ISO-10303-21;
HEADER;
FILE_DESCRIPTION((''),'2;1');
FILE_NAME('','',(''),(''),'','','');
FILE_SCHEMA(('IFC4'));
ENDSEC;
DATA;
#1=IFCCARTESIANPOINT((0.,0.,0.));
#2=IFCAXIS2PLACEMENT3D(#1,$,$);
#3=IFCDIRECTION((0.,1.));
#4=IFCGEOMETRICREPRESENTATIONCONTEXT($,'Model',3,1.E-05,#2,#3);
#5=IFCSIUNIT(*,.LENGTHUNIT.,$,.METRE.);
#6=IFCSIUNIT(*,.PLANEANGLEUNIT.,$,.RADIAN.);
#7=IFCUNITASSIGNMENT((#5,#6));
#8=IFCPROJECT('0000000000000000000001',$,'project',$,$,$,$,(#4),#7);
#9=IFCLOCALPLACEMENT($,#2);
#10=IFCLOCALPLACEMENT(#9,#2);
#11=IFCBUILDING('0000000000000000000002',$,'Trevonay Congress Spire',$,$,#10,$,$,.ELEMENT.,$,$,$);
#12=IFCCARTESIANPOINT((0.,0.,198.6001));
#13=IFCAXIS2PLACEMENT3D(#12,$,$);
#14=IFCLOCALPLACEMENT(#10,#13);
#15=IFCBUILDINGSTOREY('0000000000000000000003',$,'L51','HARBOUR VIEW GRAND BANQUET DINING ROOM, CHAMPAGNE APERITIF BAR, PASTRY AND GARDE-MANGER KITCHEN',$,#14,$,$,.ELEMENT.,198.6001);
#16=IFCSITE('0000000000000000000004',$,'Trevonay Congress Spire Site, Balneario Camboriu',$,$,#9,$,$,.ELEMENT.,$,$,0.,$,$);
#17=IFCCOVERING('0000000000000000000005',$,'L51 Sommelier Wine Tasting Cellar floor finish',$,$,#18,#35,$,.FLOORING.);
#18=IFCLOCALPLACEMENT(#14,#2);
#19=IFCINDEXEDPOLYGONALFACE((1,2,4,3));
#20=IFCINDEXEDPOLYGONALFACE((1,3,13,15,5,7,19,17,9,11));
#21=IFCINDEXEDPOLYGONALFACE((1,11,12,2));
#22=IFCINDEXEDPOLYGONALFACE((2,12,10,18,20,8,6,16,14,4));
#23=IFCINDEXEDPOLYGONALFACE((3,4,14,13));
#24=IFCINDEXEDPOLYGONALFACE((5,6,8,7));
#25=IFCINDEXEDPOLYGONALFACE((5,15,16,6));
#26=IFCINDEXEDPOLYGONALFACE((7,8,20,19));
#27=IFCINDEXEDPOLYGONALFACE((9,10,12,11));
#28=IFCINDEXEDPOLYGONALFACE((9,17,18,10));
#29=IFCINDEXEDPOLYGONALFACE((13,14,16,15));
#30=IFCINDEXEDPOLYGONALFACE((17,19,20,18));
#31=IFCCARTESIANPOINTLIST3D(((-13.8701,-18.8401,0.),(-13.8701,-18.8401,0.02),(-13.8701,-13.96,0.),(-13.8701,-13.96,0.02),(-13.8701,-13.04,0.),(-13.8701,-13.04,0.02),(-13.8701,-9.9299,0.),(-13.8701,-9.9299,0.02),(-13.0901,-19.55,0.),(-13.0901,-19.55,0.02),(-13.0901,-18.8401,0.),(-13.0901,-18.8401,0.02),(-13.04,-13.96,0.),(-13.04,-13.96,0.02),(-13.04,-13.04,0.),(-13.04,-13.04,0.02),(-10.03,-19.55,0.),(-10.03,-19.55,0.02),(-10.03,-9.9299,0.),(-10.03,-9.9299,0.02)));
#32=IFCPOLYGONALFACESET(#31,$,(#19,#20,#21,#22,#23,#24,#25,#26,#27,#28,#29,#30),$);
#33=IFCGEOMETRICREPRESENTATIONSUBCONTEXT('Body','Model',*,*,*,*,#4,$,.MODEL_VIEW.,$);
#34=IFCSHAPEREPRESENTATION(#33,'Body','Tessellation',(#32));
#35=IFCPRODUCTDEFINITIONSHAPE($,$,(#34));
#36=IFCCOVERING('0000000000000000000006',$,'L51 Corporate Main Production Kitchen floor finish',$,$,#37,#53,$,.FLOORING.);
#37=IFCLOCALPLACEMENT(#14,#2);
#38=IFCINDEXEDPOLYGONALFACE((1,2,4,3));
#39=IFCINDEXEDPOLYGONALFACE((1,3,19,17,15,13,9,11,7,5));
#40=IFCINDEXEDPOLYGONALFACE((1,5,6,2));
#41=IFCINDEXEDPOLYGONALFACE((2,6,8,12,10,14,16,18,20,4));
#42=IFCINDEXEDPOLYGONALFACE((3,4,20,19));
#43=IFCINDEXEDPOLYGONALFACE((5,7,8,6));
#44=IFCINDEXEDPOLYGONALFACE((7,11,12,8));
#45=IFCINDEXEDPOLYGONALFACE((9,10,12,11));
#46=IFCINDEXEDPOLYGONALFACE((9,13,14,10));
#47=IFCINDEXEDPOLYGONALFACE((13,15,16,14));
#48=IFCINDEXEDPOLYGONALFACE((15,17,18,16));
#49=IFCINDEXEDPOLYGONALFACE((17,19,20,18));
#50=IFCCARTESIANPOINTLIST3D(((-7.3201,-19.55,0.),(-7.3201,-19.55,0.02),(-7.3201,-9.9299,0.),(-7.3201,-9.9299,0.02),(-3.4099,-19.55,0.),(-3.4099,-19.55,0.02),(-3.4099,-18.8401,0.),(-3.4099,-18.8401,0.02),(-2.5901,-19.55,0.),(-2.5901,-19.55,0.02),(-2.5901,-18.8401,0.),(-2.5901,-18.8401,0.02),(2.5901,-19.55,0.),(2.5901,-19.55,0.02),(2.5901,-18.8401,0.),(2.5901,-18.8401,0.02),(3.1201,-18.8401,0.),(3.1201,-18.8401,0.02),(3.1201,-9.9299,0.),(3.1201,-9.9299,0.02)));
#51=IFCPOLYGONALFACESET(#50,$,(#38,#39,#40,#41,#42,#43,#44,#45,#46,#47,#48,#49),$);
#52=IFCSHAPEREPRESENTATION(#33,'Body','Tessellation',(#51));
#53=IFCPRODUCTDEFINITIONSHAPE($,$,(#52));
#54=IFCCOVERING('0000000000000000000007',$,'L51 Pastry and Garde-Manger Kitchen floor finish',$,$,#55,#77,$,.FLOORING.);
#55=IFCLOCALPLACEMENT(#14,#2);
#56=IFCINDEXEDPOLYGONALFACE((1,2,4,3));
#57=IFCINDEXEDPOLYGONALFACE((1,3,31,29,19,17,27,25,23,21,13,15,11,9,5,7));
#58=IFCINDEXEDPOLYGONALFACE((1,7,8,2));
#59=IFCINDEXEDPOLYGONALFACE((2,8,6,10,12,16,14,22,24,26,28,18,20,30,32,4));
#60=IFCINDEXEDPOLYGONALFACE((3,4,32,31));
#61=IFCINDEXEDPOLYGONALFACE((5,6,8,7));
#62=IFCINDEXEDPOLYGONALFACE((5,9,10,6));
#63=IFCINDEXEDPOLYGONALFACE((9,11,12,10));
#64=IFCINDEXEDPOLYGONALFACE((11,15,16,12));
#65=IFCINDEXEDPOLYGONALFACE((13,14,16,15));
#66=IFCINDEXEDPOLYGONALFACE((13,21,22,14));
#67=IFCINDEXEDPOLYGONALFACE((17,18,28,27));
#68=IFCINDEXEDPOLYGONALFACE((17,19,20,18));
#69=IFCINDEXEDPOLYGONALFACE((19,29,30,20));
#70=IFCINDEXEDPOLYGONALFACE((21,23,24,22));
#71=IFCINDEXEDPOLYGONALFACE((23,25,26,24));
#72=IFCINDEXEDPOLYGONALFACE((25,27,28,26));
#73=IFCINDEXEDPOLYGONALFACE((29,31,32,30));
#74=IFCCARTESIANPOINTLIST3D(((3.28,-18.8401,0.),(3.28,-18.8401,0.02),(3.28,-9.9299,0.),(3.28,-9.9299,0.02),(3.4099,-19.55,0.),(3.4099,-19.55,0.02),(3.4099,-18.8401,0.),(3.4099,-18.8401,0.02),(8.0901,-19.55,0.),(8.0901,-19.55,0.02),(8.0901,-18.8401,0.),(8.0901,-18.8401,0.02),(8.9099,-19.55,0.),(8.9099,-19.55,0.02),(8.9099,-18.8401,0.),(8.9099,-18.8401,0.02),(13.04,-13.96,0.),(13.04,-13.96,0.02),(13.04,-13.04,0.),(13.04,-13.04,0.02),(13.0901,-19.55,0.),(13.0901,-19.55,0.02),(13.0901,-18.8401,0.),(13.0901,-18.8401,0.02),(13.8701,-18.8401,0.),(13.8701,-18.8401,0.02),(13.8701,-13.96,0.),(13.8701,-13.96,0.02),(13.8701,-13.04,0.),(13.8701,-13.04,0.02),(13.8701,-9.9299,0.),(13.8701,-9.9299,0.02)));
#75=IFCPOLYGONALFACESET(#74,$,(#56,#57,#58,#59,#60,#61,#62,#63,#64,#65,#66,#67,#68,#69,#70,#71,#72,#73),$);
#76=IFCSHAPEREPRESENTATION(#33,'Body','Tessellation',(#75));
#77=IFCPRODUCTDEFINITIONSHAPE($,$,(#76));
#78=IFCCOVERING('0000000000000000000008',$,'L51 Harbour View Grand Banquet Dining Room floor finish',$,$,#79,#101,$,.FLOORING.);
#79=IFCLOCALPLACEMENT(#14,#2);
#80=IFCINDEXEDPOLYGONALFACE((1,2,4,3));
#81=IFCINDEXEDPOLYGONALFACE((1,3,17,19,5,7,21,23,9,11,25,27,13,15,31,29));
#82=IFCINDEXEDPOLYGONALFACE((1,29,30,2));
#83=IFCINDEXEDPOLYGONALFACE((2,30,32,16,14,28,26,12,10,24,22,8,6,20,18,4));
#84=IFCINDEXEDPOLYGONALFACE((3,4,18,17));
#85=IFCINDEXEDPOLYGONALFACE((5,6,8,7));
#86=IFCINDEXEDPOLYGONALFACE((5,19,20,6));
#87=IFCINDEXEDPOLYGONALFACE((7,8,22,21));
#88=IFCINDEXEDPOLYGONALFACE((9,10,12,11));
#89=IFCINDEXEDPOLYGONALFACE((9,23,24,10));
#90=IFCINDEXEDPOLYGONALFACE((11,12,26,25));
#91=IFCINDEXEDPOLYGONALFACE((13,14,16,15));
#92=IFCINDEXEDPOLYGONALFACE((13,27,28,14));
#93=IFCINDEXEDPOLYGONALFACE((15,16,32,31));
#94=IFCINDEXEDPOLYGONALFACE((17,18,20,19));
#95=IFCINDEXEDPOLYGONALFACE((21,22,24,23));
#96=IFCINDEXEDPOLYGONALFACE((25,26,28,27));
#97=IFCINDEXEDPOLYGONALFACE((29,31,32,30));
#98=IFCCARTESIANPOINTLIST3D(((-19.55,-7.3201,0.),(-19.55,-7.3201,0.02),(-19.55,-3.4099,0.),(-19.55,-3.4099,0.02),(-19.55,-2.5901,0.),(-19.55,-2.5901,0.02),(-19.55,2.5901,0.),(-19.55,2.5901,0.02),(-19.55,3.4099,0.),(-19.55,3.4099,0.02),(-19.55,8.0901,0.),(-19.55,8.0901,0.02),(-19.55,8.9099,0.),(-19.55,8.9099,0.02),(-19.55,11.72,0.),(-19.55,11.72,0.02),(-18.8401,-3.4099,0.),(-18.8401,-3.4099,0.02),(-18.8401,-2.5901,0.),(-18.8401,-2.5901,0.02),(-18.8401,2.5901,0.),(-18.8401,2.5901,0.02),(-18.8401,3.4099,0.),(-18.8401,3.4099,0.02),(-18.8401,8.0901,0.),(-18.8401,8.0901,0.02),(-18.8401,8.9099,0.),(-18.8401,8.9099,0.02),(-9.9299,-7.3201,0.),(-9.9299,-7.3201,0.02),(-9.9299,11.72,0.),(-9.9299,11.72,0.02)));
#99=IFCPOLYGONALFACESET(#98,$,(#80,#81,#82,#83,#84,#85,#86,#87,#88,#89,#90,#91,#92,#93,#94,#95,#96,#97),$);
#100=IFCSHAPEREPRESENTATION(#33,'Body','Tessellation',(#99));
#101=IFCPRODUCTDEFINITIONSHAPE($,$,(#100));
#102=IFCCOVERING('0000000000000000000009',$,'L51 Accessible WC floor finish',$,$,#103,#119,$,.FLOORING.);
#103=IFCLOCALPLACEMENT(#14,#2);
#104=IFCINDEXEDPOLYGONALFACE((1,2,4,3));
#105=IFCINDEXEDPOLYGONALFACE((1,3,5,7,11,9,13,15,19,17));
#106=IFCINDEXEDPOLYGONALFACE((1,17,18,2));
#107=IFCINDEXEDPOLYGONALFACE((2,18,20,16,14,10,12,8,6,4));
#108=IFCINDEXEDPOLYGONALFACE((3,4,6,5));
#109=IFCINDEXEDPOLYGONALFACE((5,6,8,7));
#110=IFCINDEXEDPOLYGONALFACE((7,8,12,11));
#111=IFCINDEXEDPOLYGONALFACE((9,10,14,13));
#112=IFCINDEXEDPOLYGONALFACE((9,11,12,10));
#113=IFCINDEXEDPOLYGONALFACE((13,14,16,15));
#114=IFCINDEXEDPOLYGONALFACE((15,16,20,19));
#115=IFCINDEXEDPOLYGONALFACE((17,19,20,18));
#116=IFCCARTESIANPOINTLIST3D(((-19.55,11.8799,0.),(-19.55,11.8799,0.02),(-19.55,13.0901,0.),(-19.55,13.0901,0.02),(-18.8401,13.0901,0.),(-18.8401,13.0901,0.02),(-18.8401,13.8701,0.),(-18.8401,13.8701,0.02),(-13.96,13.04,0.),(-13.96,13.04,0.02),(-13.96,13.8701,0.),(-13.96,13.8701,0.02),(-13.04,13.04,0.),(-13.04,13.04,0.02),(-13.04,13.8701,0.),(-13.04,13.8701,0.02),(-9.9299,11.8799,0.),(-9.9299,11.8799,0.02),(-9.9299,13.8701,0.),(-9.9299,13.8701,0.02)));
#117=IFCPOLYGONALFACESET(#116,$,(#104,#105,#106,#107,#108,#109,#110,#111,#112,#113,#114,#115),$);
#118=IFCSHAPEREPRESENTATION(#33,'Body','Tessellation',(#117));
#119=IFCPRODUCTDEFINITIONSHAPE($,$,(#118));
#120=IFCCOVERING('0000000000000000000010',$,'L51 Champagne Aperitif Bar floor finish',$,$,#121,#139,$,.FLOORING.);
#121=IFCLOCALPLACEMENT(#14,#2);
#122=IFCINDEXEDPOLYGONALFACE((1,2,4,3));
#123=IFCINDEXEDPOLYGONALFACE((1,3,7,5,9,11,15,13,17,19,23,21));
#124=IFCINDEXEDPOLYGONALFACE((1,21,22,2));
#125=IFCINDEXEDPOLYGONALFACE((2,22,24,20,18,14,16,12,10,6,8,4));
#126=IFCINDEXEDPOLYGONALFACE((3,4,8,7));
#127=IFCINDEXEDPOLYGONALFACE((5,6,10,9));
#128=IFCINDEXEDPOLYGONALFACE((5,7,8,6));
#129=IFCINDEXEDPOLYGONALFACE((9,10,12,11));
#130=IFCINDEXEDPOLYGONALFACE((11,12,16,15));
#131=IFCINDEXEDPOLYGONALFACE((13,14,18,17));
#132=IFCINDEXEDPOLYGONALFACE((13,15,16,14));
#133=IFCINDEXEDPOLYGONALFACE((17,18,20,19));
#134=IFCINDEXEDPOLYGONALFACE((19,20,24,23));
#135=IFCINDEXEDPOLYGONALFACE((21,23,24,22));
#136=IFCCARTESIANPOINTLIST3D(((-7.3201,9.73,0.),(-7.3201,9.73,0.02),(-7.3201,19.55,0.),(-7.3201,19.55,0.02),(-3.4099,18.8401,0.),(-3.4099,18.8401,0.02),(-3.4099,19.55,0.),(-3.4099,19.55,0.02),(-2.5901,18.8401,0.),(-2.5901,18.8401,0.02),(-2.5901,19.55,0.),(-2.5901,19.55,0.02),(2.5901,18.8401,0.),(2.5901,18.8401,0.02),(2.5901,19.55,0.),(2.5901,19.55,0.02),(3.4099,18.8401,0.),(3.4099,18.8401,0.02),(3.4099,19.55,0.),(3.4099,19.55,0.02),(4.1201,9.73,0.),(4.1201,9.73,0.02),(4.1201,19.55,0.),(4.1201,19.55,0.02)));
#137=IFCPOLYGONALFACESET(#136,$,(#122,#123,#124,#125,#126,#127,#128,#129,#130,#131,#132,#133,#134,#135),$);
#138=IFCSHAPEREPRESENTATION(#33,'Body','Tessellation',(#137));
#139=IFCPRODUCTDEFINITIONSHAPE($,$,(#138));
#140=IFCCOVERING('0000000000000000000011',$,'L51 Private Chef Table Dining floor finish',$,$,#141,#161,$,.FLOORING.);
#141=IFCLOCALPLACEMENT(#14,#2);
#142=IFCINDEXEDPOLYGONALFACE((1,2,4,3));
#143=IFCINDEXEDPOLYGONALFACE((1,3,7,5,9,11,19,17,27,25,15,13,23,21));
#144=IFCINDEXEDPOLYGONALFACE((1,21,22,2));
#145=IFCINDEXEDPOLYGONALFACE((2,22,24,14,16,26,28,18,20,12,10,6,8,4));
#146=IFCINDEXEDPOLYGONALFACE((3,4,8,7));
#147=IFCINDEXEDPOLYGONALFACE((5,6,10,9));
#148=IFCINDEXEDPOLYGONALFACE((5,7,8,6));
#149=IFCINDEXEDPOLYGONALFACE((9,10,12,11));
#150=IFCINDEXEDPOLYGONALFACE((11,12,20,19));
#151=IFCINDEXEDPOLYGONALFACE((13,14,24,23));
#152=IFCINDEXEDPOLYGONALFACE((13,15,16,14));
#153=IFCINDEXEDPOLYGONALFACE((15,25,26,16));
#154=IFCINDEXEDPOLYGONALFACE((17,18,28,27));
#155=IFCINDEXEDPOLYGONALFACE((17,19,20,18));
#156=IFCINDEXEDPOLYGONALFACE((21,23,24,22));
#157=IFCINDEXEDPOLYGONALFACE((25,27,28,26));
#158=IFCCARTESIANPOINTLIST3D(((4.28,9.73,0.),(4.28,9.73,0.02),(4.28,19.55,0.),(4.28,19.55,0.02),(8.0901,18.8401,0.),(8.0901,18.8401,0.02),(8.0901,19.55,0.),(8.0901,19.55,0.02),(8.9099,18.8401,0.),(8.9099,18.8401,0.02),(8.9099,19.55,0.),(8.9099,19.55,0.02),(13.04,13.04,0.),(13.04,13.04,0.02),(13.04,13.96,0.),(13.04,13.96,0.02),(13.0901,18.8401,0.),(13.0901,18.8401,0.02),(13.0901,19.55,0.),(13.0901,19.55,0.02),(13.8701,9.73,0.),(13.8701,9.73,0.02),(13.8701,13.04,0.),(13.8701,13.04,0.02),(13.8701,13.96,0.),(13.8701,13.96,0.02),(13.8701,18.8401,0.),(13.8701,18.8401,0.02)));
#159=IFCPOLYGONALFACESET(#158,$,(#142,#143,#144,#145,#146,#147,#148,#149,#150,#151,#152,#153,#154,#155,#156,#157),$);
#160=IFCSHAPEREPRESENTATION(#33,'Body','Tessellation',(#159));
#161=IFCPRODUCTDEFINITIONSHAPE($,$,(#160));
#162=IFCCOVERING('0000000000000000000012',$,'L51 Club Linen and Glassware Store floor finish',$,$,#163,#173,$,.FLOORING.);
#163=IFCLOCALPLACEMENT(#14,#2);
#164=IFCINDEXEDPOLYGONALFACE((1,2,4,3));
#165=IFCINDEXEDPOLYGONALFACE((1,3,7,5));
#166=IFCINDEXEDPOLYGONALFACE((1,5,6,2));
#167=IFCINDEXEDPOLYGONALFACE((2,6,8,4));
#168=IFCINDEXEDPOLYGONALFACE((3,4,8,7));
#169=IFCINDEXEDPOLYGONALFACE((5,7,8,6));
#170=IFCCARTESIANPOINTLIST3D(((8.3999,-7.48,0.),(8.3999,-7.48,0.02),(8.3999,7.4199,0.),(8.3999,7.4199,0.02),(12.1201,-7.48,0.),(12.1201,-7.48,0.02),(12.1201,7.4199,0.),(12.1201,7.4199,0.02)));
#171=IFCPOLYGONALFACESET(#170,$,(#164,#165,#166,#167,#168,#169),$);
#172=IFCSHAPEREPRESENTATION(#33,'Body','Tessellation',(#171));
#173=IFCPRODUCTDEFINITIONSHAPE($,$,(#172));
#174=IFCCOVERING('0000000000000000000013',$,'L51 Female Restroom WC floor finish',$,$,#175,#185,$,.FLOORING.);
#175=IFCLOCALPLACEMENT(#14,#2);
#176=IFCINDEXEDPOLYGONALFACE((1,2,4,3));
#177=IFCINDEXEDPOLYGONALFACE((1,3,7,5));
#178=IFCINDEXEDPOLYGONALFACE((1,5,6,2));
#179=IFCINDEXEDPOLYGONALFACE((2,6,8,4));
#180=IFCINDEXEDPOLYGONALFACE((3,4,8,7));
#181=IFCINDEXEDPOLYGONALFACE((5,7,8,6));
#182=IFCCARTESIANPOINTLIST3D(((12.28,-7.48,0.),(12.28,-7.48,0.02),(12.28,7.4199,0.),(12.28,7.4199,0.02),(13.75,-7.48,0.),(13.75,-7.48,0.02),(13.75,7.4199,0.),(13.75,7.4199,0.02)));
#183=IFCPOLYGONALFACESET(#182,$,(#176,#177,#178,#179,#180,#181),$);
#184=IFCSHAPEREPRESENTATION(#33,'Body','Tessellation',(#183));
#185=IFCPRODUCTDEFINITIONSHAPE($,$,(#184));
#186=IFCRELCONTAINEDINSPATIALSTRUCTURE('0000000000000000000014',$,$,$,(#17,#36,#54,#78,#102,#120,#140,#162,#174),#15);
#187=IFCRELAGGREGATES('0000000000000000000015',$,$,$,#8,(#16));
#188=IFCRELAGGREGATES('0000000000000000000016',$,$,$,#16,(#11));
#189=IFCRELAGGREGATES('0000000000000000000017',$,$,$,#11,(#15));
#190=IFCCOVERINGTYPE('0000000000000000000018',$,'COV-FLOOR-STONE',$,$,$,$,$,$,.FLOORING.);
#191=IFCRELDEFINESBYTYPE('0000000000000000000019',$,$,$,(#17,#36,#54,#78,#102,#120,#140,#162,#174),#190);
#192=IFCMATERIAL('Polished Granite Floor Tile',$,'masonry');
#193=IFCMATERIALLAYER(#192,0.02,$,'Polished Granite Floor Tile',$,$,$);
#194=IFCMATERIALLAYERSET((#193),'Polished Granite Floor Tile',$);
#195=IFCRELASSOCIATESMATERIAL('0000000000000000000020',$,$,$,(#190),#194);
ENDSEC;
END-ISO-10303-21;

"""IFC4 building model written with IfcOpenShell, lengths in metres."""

from ifc_helpers import new_model, si_unit, direction, frame, origin, place, context, subcontext, project, spatial, polyline, outline, extrude, material, layer, layer_set, type_object, element, save


model = new_model("IFC4")

# Units and contexts
model_context = context("Model", 3, precision=1e-05, world=origin(), true_north=direction((0.0, 1.0)))
body_context = subcontext(model_context, "Body", "Model", "MODEL_VIEW")
ifc_project = project(units=[si_unit("LENGTHUNIT", "METRE"), si_unit("PLANEANGLEUNIT", "RADIAN")], contexts=[model_context])

# Site, building, storey
site_placement = place(None, origin())
site = spatial("IfcSite", under=ifc_project, at=site_placement, Name="Trevonay Congress Spire Site, Balneario Camboriu", CompositionType="ELEMENT", RefElevation=0.0)
building_placement = place(site_placement, origin())
building = spatial("IfcBuilding", under=site, at=building_placement, Name="Trevonay Congress Spire", CompositionType="ELEMENT")
storey_placement = place(building_placement, frame((0.0, 0.0, 198.6001)))
storey = spatial("IfcBuildingStorey", under=building, at=storey_placement, Name="L51", Description="HARBOUR VIEW GRAND BANQUET DINING ROOM, CHAMPAGNE APERITIF BAR, PASTRY AND GARDE-MANGER KITCHEN", CompositionType="ELEMENT", Elevation=198.6001)

# Coverings
ifc_material_1 = material(Name="Polished Granite Floor Tile", Category="masonry")
ifc_layer_1 = layer(ifc_material_1, 0.02, Name="Polished Granite Floor Tile")
ifc_layer_set_1 = layer_set([ifc_layer_1], Name="Polished Granite Floor Tile")
covering_type_1 = type_object("IfcCoveringType", Name="COV-FLOOR-STONE", PredefinedType="FLOORING", material=ifc_layer_set_1)
covering_1_placement = place(storey_placement, origin())
element("IfcCovering", 1, at=covering_1_placement, inside=storey, type_object=covering_type_1, Name="L51 Sommelier Wine Tasting Cellar floor finish", PredefinedType="FLOORING", context=body_context, shape_type="SweptSolid", body=[
    extrude(outline(polyline([(-13.8701, -9.9299), (-10.03, -9.9299), (-10.03, -19.55), (-13.0901, -19.55), (-13.0901, -18.8401), (-13.8701, -18.8401), (-13.8701, -13.96), (-13.04, -13.96), (-13.04, -13.04), (-13.8701, -13.04), (-13.8701, -9.9299)])), origin(), (0.0, 0.0, 1.0), 0.02),
])
covering_2_placement = place(storey_placement, origin())
element("IfcCovering", 2, at=covering_2_placement, inside=storey, type_object=covering_type_1, Name="L51 Corporate Main Production Kitchen floor finish", PredefinedType="FLOORING", context=body_context, shape_type="SweptSolid", body=[
    extrude(outline(polyline([(-7.3201, -19.55), (-7.3201, -9.9299), (3.1201, -9.9299), (3.1201, -18.8401), (2.5901, -18.8401), (2.5901, -19.55), (-2.5901, -19.55), (-2.5901, -18.8401), (-3.4099, -18.8401), (-3.4099, -19.55), (-7.3201, -19.55)])), origin(), (0.0, 0.0, 1.0), 0.02),
])
covering_3_placement = place(storey_placement, origin())
element("IfcCovering", 3, at=covering_3_placement, inside=storey, type_object=covering_type_1, Name="L51 Pastry and Garde-Manger Kitchen floor finish", PredefinedType="FLOORING", context=body_context, shape_type="SweptSolid", body=[
    extrude(outline(polyline([(3.4099, -19.55), (3.4099, -18.8401), (3.28, -18.8401), (3.28, -9.9299), (13.8701, -9.9299), (13.8701, -13.04), (13.04, -13.04), (13.04, -13.96), (13.8701, -13.96), (13.8701, -18.8401), (13.0901, -18.8401), (13.0901, -19.55), (8.9099, -19.55), (8.9099, -18.8401), (8.0901, -18.8401), (8.0901, -19.55), (3.4099, -19.55)])), origin(), (0.0, 0.0, 1.0), 0.02),
])
covering_4_placement = place(storey_placement, origin())
element("IfcCovering", 4, at=covering_4_placement, inside=storey, type_object=covering_type_1, Name="L51 Harbour View Grand Banquet Dining Room floor finish", PredefinedType="FLOORING", context=body_context, shape_type="SweptSolid", body=[
    extrude(outline(polyline([(-19.55, 11.72), (-9.9299, 11.72), (-9.9299, -7.3201), (-19.55, -7.3201), (-19.55, -3.4099), (-18.8401, -3.4099), (-18.8401, -2.5901), (-19.55, -2.5901), (-19.55, 2.5901), (-18.8401, 2.5901), (-18.8401, 3.4099), (-19.55, 3.4099), (-19.55, 8.0901), (-18.8401, 8.0901), (-18.8401, 8.9099), (-19.55, 8.9099), (-19.55, 11.72)])), origin(), (0.0, 0.0, 1.0), 0.02),
])
covering_5_placement = place(storey_placement, origin())
element("IfcCovering", 5, at=covering_5_placement, inside=storey, type_object=covering_type_1, Name="L51 Accessible WC floor finish", PredefinedType="FLOORING", context=body_context, shape_type="SweptSolid", body=[
    extrude(outline(polyline([(-9.9299, 13.8701), (-9.9299, 11.8799), (-19.55, 11.8799), (-19.55, 13.0901), (-18.8401, 13.0901), (-18.8401, 13.8701), (-13.96, 13.8701), (-13.96, 13.04), (-13.04, 13.04), (-13.04, 13.8701), (-9.9299, 13.8701)])), origin(), (0.0, 0.0, 1.0), 0.02),
])
covering_6_placement = place(storey_placement, origin())
element("IfcCovering", 6, at=covering_6_placement, inside=storey, type_object=covering_type_1, Name="L51 Champagne Aperitif Bar floor finish", PredefinedType="FLOORING", context=body_context, shape_type="SweptSolid", body=[
    extrude(outline(polyline([(4.1201, 19.55), (4.1201, 9.73), (-7.3201, 9.73), (-7.3201, 19.55), (-3.4099, 19.55), (-3.4099, 18.8401), (-2.5901, 18.8401), (-2.5901, 19.55), (2.5901, 19.55), (2.5901, 18.8401), (3.4099, 18.8401), (3.4099, 19.55), (4.1201, 19.55)])), origin(), (0.0, 0.0, 1.0), 0.02),
])
covering_7_placement = place(storey_placement, origin())
element("IfcCovering", 7, at=covering_7_placement, inside=storey, type_object=covering_type_1, Name="L51 Private Chef Table Dining floor finish", PredefinedType="FLOORING", context=body_context, shape_type="SweptSolid", body=[
    extrude(outline(polyline([(13.8701, 9.73), (4.28, 9.73), (4.28, 19.55), (8.0901, 19.55), (8.0901, 18.8401), (8.9099, 18.8401), (8.9099, 19.55), (13.0901, 19.55), (13.0901, 18.8401), (13.8701, 18.8401), (13.8701, 13.96), (13.04, 13.96), (13.04, 13.04), (13.8701, 13.04), (13.8701, 9.73)])), origin(), (0.0, 0.0, 1.0), 0.02),
])
covering_8_placement = place(storey_placement, origin())
element("IfcCovering", 8, at=covering_8_placement, inside=storey, type_object=covering_type_1, Name="L51 Club Linen and Glassware Store floor finish", PredefinedType="FLOORING", context=body_context, shape_type="SweptSolid", body=[
    extrude(outline(polyline([(8.3999, -7.48), (12.1201, -7.48), (12.1201, 7.4199), (8.3999, 7.4199), (8.3999, -7.48)])), origin(), (0.0, 0.0, 1.0), 0.02),
])
covering_9_placement = place(storey_placement, origin())
element("IfcCovering", 9, at=covering_9_placement, inside=storey, type_object=covering_type_1, Name="L51 Female Restroom WC floor finish", PredefinedType="FLOORING", context=body_context, shape_type="SweptSolid", body=[
    extrude(outline(polyline([(12.28, -7.48), (13.75, -7.48), (13.75, 7.4199), (12.28, 7.4199), (12.28, -7.48)])), origin(), (0.0, 0.0, 1.0), 0.02),
])

save(model, "model.ifc")
